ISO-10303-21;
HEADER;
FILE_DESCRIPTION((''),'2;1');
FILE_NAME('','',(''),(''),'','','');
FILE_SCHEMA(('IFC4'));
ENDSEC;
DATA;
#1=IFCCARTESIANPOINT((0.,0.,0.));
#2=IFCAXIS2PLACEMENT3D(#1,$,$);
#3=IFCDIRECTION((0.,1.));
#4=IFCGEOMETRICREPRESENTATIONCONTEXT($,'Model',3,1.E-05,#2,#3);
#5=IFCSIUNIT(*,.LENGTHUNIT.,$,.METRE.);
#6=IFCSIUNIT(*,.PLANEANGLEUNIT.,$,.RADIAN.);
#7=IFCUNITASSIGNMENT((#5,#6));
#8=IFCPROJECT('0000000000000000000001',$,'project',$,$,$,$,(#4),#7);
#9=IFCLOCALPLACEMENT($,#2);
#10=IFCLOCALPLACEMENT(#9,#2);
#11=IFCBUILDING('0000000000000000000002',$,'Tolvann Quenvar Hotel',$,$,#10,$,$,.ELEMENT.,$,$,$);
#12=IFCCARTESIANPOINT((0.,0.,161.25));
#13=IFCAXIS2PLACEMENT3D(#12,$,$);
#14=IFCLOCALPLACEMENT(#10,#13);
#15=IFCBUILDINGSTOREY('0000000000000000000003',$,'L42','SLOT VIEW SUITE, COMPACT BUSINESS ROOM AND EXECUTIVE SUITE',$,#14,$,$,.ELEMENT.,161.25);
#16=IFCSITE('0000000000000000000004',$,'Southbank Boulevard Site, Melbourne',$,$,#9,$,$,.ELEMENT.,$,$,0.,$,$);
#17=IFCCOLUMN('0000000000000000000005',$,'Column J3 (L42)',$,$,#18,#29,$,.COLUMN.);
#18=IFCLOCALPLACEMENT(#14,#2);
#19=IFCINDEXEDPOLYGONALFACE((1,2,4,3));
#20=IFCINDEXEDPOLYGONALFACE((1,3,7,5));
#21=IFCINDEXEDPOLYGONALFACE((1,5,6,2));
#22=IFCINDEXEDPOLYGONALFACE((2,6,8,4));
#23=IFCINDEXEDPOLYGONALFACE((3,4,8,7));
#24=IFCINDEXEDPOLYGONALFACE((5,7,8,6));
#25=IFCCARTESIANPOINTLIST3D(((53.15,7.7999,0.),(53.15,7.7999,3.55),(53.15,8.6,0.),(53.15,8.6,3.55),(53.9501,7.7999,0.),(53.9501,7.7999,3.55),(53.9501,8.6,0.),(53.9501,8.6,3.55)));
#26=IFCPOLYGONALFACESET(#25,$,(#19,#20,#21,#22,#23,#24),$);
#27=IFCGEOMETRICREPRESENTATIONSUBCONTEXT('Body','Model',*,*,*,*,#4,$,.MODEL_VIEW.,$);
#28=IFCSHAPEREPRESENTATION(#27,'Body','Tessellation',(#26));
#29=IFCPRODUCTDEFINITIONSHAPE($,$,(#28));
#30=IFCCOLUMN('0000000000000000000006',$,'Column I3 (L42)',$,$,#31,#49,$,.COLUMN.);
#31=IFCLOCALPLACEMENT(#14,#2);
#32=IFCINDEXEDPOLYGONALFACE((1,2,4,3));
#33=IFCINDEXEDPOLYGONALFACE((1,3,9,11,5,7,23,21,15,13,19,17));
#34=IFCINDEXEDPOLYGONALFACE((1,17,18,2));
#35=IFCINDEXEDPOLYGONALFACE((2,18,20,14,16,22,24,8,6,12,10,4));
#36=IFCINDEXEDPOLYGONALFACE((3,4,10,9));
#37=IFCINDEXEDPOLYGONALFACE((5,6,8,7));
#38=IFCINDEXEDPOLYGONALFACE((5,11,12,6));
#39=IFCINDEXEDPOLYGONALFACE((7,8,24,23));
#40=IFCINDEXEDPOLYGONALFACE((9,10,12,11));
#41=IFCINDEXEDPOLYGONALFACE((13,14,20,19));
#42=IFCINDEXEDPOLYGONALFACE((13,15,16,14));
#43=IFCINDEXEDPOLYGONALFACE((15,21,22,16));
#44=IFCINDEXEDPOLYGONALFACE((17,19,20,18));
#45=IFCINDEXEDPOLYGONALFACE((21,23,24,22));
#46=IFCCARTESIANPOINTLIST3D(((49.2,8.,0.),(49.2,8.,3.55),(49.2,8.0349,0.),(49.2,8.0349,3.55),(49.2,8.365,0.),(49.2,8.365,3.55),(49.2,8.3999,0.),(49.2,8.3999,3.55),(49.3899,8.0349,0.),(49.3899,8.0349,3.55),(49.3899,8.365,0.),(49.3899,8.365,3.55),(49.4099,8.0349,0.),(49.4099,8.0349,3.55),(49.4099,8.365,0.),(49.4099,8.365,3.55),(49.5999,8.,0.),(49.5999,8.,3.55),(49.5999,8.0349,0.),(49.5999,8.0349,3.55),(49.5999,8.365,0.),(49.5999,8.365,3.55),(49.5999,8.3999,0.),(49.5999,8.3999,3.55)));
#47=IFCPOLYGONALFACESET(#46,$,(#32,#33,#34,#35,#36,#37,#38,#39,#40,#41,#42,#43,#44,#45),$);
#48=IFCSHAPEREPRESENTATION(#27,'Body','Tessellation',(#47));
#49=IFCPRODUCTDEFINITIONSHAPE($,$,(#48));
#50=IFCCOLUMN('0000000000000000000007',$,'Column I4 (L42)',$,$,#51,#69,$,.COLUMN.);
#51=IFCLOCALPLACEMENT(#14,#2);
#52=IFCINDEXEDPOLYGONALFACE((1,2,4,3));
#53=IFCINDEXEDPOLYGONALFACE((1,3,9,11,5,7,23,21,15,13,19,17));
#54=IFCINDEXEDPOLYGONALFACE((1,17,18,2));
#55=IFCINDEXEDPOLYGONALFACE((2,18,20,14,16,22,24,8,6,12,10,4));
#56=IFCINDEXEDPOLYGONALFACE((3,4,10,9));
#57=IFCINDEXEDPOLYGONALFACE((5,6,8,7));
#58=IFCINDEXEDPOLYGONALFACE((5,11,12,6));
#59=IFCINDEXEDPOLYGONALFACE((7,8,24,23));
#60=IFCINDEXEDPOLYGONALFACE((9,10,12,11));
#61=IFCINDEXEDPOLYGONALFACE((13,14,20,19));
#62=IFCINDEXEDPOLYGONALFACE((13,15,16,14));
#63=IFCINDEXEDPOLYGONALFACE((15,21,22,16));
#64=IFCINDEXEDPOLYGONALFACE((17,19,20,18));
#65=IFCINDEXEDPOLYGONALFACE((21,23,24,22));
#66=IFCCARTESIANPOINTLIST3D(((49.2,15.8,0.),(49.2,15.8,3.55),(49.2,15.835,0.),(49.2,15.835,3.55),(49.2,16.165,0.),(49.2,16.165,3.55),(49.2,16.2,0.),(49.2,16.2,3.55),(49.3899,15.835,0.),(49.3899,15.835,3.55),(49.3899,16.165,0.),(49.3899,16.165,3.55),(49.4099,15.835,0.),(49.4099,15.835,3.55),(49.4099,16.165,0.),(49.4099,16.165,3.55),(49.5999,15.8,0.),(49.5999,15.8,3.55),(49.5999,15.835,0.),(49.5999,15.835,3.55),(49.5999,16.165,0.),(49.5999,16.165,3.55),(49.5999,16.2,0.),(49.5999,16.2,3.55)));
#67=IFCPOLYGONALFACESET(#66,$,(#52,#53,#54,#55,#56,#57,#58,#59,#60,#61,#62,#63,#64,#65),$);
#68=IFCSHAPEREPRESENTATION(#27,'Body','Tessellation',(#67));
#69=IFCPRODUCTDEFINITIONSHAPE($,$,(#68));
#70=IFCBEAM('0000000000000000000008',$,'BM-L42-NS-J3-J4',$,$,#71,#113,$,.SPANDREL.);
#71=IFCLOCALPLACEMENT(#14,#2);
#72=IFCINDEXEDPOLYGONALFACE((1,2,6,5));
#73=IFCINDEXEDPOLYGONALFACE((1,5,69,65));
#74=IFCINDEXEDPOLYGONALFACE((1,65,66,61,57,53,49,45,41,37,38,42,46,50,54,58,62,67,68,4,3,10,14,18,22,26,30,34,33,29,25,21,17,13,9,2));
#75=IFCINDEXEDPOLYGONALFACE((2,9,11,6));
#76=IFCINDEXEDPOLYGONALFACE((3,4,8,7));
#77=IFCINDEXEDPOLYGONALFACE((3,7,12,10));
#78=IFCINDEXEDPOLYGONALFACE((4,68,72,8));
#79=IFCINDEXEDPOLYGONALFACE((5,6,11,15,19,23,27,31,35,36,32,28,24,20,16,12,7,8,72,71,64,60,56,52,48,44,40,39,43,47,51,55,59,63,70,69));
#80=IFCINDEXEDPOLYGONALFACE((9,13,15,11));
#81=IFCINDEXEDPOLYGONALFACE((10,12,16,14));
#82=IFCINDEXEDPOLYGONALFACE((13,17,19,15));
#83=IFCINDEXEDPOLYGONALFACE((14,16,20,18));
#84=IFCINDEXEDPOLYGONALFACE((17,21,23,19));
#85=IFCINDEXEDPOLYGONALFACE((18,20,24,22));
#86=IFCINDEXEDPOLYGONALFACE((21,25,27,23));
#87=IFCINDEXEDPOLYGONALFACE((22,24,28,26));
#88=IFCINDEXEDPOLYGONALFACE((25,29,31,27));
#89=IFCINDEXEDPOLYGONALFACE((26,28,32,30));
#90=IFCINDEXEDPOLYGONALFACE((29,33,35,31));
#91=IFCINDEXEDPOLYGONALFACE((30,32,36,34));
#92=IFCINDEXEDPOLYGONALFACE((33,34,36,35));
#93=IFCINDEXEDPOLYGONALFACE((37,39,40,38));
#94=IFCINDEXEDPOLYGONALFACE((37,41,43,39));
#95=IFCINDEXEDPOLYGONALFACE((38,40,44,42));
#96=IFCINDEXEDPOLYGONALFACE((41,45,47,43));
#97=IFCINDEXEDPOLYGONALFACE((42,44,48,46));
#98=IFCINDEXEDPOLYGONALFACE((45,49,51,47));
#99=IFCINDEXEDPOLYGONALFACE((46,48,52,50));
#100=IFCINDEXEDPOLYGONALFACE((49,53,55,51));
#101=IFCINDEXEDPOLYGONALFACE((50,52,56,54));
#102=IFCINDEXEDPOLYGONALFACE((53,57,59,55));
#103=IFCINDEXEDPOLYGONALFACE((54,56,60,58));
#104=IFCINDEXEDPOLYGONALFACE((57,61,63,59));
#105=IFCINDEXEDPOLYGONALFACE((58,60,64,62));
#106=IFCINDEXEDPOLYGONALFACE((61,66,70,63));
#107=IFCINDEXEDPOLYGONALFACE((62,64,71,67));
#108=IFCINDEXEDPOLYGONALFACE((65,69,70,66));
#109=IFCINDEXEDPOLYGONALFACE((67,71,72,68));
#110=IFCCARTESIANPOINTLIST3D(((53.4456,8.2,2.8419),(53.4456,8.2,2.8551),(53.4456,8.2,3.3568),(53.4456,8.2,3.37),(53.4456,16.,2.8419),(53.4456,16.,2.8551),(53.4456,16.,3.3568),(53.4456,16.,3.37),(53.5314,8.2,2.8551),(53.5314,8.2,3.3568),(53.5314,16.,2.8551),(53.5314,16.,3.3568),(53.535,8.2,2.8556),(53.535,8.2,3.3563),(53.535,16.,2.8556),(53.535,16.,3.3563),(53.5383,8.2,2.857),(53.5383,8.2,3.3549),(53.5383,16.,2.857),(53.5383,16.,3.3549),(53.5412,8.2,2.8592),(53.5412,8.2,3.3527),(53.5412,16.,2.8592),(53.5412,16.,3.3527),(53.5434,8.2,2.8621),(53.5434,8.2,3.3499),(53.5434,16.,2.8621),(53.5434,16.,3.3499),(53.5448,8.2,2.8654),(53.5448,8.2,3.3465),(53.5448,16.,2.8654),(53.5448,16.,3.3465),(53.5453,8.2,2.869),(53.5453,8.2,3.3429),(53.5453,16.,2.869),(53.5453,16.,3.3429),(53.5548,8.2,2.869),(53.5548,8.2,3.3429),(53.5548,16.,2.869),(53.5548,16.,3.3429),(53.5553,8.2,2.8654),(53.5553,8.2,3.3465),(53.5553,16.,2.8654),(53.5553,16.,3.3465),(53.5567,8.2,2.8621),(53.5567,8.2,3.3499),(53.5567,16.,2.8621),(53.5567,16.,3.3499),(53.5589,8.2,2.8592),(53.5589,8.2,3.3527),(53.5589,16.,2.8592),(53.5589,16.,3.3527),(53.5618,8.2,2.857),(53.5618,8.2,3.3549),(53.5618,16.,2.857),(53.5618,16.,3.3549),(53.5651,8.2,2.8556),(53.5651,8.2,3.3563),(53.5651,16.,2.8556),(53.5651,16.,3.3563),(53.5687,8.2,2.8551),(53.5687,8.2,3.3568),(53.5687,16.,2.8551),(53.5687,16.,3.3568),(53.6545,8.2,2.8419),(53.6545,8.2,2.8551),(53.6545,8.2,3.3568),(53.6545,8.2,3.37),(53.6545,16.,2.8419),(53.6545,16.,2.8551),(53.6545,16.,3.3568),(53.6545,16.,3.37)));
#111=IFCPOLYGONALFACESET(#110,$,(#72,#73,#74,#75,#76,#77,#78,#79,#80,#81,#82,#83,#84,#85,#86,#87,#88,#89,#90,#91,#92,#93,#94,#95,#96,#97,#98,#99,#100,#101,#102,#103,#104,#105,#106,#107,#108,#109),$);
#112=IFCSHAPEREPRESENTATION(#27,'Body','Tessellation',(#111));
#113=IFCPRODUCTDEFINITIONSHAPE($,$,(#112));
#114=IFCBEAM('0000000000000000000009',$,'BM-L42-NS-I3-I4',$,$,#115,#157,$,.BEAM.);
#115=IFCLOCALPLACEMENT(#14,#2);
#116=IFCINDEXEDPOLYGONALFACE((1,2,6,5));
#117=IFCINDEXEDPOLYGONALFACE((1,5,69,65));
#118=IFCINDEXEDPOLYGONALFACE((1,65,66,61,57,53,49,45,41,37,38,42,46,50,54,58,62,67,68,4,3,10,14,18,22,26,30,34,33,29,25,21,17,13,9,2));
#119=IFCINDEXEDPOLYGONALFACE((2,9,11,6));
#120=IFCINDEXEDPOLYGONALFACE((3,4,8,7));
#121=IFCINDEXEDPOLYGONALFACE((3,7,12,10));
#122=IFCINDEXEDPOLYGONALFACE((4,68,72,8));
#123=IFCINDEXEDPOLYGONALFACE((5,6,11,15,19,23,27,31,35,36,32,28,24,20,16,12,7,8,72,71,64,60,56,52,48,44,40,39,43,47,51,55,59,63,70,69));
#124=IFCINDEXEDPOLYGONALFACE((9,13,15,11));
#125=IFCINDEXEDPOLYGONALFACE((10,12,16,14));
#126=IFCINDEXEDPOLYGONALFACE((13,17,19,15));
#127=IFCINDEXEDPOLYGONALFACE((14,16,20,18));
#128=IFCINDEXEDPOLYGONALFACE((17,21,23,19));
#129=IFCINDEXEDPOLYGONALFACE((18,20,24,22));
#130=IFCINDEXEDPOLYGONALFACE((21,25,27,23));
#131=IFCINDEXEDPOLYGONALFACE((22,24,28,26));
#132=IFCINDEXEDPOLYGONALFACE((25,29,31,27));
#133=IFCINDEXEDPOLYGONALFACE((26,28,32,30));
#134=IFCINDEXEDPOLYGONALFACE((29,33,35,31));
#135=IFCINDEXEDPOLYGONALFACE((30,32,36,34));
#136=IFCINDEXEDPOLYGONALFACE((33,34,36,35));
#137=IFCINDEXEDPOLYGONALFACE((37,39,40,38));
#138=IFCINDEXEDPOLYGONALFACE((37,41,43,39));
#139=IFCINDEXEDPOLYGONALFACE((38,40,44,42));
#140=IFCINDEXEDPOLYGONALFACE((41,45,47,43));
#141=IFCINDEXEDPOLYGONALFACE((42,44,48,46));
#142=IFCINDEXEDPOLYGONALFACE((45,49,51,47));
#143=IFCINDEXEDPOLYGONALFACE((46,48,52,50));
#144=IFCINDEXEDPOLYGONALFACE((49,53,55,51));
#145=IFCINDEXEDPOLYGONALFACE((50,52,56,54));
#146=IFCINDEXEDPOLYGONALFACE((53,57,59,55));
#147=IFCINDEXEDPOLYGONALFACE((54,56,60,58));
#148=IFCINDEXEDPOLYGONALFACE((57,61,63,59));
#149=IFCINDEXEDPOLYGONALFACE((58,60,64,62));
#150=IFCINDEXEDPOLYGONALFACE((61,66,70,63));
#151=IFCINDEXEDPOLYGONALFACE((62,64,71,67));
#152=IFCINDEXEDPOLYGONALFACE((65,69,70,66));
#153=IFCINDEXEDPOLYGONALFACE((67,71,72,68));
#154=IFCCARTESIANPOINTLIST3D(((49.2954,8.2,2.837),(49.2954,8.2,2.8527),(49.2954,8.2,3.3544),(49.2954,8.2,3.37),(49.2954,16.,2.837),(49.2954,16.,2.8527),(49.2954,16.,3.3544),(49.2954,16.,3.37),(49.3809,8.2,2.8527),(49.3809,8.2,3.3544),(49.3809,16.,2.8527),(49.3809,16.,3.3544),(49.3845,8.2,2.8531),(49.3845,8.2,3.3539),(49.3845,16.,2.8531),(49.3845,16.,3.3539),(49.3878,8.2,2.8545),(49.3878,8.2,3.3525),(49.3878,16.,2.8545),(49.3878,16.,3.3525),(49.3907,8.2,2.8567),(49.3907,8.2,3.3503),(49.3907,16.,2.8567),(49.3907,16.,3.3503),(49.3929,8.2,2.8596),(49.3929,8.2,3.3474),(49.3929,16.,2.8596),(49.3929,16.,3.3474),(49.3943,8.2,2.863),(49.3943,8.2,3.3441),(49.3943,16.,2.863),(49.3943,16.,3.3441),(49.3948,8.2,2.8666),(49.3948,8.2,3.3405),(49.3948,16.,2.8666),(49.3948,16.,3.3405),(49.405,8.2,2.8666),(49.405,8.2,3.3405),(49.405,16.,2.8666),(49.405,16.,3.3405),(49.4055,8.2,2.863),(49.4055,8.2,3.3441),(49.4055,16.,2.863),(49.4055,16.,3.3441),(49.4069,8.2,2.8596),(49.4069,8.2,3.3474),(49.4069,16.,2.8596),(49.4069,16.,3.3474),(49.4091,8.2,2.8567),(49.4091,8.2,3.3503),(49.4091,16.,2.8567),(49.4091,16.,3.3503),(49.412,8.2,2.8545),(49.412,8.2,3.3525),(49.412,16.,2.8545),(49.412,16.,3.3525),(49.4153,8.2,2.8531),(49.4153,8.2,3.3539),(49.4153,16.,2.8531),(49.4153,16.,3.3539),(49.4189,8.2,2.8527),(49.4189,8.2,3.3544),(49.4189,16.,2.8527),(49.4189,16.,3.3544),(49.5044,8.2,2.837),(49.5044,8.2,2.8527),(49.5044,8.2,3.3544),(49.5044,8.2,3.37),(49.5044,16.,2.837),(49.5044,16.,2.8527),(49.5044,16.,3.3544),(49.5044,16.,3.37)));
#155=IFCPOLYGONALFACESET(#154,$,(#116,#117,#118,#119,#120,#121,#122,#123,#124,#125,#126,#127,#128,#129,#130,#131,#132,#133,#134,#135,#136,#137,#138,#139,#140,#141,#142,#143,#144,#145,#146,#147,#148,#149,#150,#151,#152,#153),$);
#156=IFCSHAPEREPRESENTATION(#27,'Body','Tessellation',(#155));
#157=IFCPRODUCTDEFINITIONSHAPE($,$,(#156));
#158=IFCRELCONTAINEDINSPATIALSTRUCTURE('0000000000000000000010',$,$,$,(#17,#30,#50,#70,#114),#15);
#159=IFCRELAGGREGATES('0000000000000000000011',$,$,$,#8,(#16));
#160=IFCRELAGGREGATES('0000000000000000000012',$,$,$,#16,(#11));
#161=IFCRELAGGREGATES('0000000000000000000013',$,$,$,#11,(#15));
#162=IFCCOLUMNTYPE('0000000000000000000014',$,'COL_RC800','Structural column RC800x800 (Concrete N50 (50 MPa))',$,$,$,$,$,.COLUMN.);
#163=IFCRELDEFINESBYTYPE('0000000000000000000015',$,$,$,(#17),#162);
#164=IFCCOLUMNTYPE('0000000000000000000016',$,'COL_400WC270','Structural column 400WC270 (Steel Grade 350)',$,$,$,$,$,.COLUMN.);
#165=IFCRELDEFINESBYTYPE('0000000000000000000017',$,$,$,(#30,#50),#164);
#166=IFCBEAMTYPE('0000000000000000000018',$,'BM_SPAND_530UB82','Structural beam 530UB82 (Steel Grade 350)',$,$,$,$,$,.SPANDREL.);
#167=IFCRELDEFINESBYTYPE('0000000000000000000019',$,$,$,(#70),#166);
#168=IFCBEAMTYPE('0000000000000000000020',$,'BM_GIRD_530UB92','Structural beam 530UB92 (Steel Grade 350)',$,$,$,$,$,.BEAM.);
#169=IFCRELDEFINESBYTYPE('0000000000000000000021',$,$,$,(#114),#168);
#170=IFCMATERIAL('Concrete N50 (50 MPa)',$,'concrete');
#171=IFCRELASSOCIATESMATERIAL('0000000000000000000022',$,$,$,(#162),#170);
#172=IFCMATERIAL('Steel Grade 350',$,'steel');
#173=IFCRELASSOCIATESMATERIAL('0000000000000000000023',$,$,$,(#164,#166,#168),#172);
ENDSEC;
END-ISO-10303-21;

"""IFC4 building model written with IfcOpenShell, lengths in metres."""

from ifc_helpers import new_model, si_unit, direction, frame, origin, origin_2d, place, context, subcontext, project, spatial, rectangle, i_section, extrude, source, transform, mapped, material, material_profile, profile_set, type_object, type_shapes, element, save


model = new_model("IFC4")

# Units and contexts
model_context = context("Model", 3, precision=1e-05, world=origin(), true_north=direction((0.0, 1.0)))
body_context = subcontext(model_context, "Body", "Model", "MODEL_VIEW")
ifc_project = project(units=[si_unit("LENGTHUNIT", "METRE"), si_unit("PLANEANGLEUNIT", "RADIAN")], contexts=[model_context])

# Site, building, storey
site_placement = place(None, origin())
site = spatial("IfcSite", under=ifc_project, at=site_placement, Name="Southbank Boulevard Site, Melbourne", CompositionType="ELEMENT", RefElevation=0.0)
building_placement = place(site_placement, origin())
building = spatial("IfcBuilding", under=site, at=building_placement, Name="Tolvann Quenvar Hotel", CompositionType="ELEMENT")
storey_placement = place(building_placement, frame((0.0, 0.0, 161.25)))
storey = spatial("IfcBuildingStorey", under=building, at=storey_placement, Name="L42", Description="SLOT VIEW SUITE, COMPACT BUSINESS ROOM AND EXECUTIVE SUITE", CompositionType="ELEMENT", Elevation=161.25)

# Columns
ifc_material_1 = material(Name="Concrete N50 (50 MPa)", Category="concrete")
ifc_material_profile_1 = material_profile(ifc_material_1, rectangle(XDim=0.8, YDim=0.8, at=origin_2d()), Name="RC800x800")
ifc_profile_set_1 = profile_set([ifc_material_profile_1], Name="Concrete N50 (50 MPa)")
column_type_1 = type_object("IfcColumnType", Name="COL_RC800", Description="Structural column RC800x800 (Concrete N50 (50 MPa))", PredefinedType="COLUMN", material=ifc_profile_set_1)
shared_shape_1 = source(origin(), body_context, "Body", "SweptSolid", [
    extrude(rectangle(XDim=0.8, YDim=0.8, at=origin_2d()), origin(), (0.0, 0.0, 1.0), 3.55),
])
type_shapes(column_type_1, [shared_shape_1])
column_placement = place(storey_placement, frame((53.55, 8.2, 0.0), z_axis=(0.0, 0.0, 1.0), x_axis=(1.0, 0.0, 0.0)))
element("IfcColumn", 1, at=column_placement, inside=storey, type_object=column_type_1, Name="Column J3 (L42)", PredefinedType="COLUMN", context=body_context, shape_type="MappedRepresentation", body=[
    mapped(shared_shape_1, transform((0.0, 0.0, 0.0), x_axis=(1.0, 0.0, 0.0), y_axis=(0.0, 1.0, 0.0), z_axis=(0.0, 0.0, 1.0), scale=1.0)),
])
ifc_material_2 = material(Name="Steel Grade 350", Category="steel")
ifc_material_profile_2 = material_profile(ifc_material_2, i_section(OverallWidth=0.3999, OverallDepth=0.3999, WebThickness=0.02, FlangeThickness=0.0349, at=origin_2d()), Name="400WC270")
ifc_profile_set_2 = profile_set([ifc_material_profile_2], Name="Steel Grade 350")
column_type_2 = type_object("IfcColumnType", Name="COL_400WC270", Description="Structural column 400WC270 (Steel Grade 350)", PredefinedType="COLUMN", material=ifc_profile_set_2)
shared_shape_2 = source(origin(), body_context, "Body", "SweptSolid", [
    extrude(i_section(OverallWidth=0.3999, OverallDepth=0.3999, WebThickness=0.02, FlangeThickness=0.0349, at=origin_2d()), origin(), (0.0, 0.0, 1.0), 3.55),
])
type_shapes(column_type_2, [shared_shape_2])
for number, where, z_axis, x_axis, name in (
    (2, (49.3999, 8.2, 0.0), (0.0, 0.0, 1.0), (1.0, 0.0, 0.0), "Column I3 (L42)"),
    (3, (49.3999, 16.0, 0.0), (0.0, 0.0, 1.0), (1.0, 0.0, 0.0), "Column I4 (L42)"),
):
    element("IfcColumn", number, at=place(storey_placement, frame(where, z_axis=z_axis, x_axis=x_axis)), inside=storey, type_object=column_type_2, Name=name, PredefinedType="COLUMN", context=body_context, shape_type="MappedRepresentation", body=[
        mapped(shared_shape_2, transform((0.0, 0.0, 0.0), x_axis=(1.0, 0.0, 0.0), y_axis=(0.0, 1.0, 0.0), z_axis=(0.0, 0.0, 1.0), scale=1.0)),
    ])

# Beams
ifc_material_profile_3 = material_profile(ifc_material_2, i_section(OverallWidth=0.209, OverallDepth=0.5281, WebThickness=0.0095, FlangeThickness=0.0132, FilletRadius=0.0139, at=origin_2d()), Name="530UB82")
ifc_profile_set_3 = profile_set([ifc_material_profile_3], Name="Steel Grade 350")
beam_type_1 = type_object("IfcBeamType", Name="BM_SPAND_530UB82", Description="Structural beam 530UB82 (Steel Grade 350)", PredefinedType="SPANDREL", material=ifc_profile_set_3)
shared_shape_3 = source(origin(), body_context, "Body", "SweptSolid", [
    extrude(i_section(OverallWidth=0.209, OverallDepth=0.5281, WebThickness=0.0095, FlangeThickness=0.0132, FilletRadius=0.0139, at=origin_2d()), origin(), (0.0, 0.0, 1.0), 7.8),
])
type_shapes(beam_type_1, [shared_shape_3])
beam_1_placement = place(storey_placement, frame((53.55, 8.2, 3.106), z_axis=(0.0, 1.0, 0.0), x_axis=(-1.0, 0.0, 0.0)))
element("IfcBeam", 4, at=beam_1_placement, inside=storey, type_object=beam_type_1, Name="BM-L42-NS-J3-J4", PredefinedType="SPANDREL", context=body_context, shape_type="MappedRepresentation", body=[
    mapped(shared_shape_3, transform((0.0, 0.0, 0.0), x_axis=(1.0, 0.0, 0.0), y_axis=(0.0, 1.0, 0.0), z_axis=(0.0, 0.0, 1.0), scale=1.0)),
])
ifc_material_profile_4 = material_profile(ifc_material_2, i_section(OverallWidth=0.209, OverallDepth=0.533, WebThickness=0.0103, FlangeThickness=0.0156, FilletRadius=0.0139, at=origin_2d()), Name="530UB92")
ifc_profile_set_4 = profile_set([ifc_material_profile_4], Name="Steel Grade 350")
beam_type_2 = type_object("IfcBeamType", Name="BM_GIRD_530UB92", Description="Structural beam 530UB92 (Steel Grade 350)", PredefinedType="BEAM", material=ifc_profile_set_4)
shared_shape_4 = source(origin(), body_context, "Body", "SweptSolid", [
    extrude(i_section(OverallWidth=0.209, OverallDepth=0.533, WebThickness=0.0103, FlangeThickness=0.0156, FilletRadius=0.0139, at=origin_2d()), origin(), (0.0, 0.0, 1.0), 7.8),
])
type_shapes(beam_type_2, [shared_shape_4])
beam_2_placement = place(storey_placement, frame((49.3999, 8.2, 3.1035), z_axis=(0.0, 1.0, 0.0), x_axis=(-1.0, 0.0, 0.0)))
element("IfcBeam", 5, at=beam_2_placement, inside=storey, type_object=beam_type_2, Name="BM-L42-NS-I3-I4", PredefinedType="BEAM", context=body_context, shape_type="MappedRepresentation", body=[
    mapped(shared_shape_4, transform((0.0, 0.0, 0.0), x_axis=(1.0, 0.0, 0.0), y_axis=(0.0, 1.0, 0.0), z_axis=(0.0, 0.0, 1.0), scale=1.0)),
])

save(model, "model.ifc")
